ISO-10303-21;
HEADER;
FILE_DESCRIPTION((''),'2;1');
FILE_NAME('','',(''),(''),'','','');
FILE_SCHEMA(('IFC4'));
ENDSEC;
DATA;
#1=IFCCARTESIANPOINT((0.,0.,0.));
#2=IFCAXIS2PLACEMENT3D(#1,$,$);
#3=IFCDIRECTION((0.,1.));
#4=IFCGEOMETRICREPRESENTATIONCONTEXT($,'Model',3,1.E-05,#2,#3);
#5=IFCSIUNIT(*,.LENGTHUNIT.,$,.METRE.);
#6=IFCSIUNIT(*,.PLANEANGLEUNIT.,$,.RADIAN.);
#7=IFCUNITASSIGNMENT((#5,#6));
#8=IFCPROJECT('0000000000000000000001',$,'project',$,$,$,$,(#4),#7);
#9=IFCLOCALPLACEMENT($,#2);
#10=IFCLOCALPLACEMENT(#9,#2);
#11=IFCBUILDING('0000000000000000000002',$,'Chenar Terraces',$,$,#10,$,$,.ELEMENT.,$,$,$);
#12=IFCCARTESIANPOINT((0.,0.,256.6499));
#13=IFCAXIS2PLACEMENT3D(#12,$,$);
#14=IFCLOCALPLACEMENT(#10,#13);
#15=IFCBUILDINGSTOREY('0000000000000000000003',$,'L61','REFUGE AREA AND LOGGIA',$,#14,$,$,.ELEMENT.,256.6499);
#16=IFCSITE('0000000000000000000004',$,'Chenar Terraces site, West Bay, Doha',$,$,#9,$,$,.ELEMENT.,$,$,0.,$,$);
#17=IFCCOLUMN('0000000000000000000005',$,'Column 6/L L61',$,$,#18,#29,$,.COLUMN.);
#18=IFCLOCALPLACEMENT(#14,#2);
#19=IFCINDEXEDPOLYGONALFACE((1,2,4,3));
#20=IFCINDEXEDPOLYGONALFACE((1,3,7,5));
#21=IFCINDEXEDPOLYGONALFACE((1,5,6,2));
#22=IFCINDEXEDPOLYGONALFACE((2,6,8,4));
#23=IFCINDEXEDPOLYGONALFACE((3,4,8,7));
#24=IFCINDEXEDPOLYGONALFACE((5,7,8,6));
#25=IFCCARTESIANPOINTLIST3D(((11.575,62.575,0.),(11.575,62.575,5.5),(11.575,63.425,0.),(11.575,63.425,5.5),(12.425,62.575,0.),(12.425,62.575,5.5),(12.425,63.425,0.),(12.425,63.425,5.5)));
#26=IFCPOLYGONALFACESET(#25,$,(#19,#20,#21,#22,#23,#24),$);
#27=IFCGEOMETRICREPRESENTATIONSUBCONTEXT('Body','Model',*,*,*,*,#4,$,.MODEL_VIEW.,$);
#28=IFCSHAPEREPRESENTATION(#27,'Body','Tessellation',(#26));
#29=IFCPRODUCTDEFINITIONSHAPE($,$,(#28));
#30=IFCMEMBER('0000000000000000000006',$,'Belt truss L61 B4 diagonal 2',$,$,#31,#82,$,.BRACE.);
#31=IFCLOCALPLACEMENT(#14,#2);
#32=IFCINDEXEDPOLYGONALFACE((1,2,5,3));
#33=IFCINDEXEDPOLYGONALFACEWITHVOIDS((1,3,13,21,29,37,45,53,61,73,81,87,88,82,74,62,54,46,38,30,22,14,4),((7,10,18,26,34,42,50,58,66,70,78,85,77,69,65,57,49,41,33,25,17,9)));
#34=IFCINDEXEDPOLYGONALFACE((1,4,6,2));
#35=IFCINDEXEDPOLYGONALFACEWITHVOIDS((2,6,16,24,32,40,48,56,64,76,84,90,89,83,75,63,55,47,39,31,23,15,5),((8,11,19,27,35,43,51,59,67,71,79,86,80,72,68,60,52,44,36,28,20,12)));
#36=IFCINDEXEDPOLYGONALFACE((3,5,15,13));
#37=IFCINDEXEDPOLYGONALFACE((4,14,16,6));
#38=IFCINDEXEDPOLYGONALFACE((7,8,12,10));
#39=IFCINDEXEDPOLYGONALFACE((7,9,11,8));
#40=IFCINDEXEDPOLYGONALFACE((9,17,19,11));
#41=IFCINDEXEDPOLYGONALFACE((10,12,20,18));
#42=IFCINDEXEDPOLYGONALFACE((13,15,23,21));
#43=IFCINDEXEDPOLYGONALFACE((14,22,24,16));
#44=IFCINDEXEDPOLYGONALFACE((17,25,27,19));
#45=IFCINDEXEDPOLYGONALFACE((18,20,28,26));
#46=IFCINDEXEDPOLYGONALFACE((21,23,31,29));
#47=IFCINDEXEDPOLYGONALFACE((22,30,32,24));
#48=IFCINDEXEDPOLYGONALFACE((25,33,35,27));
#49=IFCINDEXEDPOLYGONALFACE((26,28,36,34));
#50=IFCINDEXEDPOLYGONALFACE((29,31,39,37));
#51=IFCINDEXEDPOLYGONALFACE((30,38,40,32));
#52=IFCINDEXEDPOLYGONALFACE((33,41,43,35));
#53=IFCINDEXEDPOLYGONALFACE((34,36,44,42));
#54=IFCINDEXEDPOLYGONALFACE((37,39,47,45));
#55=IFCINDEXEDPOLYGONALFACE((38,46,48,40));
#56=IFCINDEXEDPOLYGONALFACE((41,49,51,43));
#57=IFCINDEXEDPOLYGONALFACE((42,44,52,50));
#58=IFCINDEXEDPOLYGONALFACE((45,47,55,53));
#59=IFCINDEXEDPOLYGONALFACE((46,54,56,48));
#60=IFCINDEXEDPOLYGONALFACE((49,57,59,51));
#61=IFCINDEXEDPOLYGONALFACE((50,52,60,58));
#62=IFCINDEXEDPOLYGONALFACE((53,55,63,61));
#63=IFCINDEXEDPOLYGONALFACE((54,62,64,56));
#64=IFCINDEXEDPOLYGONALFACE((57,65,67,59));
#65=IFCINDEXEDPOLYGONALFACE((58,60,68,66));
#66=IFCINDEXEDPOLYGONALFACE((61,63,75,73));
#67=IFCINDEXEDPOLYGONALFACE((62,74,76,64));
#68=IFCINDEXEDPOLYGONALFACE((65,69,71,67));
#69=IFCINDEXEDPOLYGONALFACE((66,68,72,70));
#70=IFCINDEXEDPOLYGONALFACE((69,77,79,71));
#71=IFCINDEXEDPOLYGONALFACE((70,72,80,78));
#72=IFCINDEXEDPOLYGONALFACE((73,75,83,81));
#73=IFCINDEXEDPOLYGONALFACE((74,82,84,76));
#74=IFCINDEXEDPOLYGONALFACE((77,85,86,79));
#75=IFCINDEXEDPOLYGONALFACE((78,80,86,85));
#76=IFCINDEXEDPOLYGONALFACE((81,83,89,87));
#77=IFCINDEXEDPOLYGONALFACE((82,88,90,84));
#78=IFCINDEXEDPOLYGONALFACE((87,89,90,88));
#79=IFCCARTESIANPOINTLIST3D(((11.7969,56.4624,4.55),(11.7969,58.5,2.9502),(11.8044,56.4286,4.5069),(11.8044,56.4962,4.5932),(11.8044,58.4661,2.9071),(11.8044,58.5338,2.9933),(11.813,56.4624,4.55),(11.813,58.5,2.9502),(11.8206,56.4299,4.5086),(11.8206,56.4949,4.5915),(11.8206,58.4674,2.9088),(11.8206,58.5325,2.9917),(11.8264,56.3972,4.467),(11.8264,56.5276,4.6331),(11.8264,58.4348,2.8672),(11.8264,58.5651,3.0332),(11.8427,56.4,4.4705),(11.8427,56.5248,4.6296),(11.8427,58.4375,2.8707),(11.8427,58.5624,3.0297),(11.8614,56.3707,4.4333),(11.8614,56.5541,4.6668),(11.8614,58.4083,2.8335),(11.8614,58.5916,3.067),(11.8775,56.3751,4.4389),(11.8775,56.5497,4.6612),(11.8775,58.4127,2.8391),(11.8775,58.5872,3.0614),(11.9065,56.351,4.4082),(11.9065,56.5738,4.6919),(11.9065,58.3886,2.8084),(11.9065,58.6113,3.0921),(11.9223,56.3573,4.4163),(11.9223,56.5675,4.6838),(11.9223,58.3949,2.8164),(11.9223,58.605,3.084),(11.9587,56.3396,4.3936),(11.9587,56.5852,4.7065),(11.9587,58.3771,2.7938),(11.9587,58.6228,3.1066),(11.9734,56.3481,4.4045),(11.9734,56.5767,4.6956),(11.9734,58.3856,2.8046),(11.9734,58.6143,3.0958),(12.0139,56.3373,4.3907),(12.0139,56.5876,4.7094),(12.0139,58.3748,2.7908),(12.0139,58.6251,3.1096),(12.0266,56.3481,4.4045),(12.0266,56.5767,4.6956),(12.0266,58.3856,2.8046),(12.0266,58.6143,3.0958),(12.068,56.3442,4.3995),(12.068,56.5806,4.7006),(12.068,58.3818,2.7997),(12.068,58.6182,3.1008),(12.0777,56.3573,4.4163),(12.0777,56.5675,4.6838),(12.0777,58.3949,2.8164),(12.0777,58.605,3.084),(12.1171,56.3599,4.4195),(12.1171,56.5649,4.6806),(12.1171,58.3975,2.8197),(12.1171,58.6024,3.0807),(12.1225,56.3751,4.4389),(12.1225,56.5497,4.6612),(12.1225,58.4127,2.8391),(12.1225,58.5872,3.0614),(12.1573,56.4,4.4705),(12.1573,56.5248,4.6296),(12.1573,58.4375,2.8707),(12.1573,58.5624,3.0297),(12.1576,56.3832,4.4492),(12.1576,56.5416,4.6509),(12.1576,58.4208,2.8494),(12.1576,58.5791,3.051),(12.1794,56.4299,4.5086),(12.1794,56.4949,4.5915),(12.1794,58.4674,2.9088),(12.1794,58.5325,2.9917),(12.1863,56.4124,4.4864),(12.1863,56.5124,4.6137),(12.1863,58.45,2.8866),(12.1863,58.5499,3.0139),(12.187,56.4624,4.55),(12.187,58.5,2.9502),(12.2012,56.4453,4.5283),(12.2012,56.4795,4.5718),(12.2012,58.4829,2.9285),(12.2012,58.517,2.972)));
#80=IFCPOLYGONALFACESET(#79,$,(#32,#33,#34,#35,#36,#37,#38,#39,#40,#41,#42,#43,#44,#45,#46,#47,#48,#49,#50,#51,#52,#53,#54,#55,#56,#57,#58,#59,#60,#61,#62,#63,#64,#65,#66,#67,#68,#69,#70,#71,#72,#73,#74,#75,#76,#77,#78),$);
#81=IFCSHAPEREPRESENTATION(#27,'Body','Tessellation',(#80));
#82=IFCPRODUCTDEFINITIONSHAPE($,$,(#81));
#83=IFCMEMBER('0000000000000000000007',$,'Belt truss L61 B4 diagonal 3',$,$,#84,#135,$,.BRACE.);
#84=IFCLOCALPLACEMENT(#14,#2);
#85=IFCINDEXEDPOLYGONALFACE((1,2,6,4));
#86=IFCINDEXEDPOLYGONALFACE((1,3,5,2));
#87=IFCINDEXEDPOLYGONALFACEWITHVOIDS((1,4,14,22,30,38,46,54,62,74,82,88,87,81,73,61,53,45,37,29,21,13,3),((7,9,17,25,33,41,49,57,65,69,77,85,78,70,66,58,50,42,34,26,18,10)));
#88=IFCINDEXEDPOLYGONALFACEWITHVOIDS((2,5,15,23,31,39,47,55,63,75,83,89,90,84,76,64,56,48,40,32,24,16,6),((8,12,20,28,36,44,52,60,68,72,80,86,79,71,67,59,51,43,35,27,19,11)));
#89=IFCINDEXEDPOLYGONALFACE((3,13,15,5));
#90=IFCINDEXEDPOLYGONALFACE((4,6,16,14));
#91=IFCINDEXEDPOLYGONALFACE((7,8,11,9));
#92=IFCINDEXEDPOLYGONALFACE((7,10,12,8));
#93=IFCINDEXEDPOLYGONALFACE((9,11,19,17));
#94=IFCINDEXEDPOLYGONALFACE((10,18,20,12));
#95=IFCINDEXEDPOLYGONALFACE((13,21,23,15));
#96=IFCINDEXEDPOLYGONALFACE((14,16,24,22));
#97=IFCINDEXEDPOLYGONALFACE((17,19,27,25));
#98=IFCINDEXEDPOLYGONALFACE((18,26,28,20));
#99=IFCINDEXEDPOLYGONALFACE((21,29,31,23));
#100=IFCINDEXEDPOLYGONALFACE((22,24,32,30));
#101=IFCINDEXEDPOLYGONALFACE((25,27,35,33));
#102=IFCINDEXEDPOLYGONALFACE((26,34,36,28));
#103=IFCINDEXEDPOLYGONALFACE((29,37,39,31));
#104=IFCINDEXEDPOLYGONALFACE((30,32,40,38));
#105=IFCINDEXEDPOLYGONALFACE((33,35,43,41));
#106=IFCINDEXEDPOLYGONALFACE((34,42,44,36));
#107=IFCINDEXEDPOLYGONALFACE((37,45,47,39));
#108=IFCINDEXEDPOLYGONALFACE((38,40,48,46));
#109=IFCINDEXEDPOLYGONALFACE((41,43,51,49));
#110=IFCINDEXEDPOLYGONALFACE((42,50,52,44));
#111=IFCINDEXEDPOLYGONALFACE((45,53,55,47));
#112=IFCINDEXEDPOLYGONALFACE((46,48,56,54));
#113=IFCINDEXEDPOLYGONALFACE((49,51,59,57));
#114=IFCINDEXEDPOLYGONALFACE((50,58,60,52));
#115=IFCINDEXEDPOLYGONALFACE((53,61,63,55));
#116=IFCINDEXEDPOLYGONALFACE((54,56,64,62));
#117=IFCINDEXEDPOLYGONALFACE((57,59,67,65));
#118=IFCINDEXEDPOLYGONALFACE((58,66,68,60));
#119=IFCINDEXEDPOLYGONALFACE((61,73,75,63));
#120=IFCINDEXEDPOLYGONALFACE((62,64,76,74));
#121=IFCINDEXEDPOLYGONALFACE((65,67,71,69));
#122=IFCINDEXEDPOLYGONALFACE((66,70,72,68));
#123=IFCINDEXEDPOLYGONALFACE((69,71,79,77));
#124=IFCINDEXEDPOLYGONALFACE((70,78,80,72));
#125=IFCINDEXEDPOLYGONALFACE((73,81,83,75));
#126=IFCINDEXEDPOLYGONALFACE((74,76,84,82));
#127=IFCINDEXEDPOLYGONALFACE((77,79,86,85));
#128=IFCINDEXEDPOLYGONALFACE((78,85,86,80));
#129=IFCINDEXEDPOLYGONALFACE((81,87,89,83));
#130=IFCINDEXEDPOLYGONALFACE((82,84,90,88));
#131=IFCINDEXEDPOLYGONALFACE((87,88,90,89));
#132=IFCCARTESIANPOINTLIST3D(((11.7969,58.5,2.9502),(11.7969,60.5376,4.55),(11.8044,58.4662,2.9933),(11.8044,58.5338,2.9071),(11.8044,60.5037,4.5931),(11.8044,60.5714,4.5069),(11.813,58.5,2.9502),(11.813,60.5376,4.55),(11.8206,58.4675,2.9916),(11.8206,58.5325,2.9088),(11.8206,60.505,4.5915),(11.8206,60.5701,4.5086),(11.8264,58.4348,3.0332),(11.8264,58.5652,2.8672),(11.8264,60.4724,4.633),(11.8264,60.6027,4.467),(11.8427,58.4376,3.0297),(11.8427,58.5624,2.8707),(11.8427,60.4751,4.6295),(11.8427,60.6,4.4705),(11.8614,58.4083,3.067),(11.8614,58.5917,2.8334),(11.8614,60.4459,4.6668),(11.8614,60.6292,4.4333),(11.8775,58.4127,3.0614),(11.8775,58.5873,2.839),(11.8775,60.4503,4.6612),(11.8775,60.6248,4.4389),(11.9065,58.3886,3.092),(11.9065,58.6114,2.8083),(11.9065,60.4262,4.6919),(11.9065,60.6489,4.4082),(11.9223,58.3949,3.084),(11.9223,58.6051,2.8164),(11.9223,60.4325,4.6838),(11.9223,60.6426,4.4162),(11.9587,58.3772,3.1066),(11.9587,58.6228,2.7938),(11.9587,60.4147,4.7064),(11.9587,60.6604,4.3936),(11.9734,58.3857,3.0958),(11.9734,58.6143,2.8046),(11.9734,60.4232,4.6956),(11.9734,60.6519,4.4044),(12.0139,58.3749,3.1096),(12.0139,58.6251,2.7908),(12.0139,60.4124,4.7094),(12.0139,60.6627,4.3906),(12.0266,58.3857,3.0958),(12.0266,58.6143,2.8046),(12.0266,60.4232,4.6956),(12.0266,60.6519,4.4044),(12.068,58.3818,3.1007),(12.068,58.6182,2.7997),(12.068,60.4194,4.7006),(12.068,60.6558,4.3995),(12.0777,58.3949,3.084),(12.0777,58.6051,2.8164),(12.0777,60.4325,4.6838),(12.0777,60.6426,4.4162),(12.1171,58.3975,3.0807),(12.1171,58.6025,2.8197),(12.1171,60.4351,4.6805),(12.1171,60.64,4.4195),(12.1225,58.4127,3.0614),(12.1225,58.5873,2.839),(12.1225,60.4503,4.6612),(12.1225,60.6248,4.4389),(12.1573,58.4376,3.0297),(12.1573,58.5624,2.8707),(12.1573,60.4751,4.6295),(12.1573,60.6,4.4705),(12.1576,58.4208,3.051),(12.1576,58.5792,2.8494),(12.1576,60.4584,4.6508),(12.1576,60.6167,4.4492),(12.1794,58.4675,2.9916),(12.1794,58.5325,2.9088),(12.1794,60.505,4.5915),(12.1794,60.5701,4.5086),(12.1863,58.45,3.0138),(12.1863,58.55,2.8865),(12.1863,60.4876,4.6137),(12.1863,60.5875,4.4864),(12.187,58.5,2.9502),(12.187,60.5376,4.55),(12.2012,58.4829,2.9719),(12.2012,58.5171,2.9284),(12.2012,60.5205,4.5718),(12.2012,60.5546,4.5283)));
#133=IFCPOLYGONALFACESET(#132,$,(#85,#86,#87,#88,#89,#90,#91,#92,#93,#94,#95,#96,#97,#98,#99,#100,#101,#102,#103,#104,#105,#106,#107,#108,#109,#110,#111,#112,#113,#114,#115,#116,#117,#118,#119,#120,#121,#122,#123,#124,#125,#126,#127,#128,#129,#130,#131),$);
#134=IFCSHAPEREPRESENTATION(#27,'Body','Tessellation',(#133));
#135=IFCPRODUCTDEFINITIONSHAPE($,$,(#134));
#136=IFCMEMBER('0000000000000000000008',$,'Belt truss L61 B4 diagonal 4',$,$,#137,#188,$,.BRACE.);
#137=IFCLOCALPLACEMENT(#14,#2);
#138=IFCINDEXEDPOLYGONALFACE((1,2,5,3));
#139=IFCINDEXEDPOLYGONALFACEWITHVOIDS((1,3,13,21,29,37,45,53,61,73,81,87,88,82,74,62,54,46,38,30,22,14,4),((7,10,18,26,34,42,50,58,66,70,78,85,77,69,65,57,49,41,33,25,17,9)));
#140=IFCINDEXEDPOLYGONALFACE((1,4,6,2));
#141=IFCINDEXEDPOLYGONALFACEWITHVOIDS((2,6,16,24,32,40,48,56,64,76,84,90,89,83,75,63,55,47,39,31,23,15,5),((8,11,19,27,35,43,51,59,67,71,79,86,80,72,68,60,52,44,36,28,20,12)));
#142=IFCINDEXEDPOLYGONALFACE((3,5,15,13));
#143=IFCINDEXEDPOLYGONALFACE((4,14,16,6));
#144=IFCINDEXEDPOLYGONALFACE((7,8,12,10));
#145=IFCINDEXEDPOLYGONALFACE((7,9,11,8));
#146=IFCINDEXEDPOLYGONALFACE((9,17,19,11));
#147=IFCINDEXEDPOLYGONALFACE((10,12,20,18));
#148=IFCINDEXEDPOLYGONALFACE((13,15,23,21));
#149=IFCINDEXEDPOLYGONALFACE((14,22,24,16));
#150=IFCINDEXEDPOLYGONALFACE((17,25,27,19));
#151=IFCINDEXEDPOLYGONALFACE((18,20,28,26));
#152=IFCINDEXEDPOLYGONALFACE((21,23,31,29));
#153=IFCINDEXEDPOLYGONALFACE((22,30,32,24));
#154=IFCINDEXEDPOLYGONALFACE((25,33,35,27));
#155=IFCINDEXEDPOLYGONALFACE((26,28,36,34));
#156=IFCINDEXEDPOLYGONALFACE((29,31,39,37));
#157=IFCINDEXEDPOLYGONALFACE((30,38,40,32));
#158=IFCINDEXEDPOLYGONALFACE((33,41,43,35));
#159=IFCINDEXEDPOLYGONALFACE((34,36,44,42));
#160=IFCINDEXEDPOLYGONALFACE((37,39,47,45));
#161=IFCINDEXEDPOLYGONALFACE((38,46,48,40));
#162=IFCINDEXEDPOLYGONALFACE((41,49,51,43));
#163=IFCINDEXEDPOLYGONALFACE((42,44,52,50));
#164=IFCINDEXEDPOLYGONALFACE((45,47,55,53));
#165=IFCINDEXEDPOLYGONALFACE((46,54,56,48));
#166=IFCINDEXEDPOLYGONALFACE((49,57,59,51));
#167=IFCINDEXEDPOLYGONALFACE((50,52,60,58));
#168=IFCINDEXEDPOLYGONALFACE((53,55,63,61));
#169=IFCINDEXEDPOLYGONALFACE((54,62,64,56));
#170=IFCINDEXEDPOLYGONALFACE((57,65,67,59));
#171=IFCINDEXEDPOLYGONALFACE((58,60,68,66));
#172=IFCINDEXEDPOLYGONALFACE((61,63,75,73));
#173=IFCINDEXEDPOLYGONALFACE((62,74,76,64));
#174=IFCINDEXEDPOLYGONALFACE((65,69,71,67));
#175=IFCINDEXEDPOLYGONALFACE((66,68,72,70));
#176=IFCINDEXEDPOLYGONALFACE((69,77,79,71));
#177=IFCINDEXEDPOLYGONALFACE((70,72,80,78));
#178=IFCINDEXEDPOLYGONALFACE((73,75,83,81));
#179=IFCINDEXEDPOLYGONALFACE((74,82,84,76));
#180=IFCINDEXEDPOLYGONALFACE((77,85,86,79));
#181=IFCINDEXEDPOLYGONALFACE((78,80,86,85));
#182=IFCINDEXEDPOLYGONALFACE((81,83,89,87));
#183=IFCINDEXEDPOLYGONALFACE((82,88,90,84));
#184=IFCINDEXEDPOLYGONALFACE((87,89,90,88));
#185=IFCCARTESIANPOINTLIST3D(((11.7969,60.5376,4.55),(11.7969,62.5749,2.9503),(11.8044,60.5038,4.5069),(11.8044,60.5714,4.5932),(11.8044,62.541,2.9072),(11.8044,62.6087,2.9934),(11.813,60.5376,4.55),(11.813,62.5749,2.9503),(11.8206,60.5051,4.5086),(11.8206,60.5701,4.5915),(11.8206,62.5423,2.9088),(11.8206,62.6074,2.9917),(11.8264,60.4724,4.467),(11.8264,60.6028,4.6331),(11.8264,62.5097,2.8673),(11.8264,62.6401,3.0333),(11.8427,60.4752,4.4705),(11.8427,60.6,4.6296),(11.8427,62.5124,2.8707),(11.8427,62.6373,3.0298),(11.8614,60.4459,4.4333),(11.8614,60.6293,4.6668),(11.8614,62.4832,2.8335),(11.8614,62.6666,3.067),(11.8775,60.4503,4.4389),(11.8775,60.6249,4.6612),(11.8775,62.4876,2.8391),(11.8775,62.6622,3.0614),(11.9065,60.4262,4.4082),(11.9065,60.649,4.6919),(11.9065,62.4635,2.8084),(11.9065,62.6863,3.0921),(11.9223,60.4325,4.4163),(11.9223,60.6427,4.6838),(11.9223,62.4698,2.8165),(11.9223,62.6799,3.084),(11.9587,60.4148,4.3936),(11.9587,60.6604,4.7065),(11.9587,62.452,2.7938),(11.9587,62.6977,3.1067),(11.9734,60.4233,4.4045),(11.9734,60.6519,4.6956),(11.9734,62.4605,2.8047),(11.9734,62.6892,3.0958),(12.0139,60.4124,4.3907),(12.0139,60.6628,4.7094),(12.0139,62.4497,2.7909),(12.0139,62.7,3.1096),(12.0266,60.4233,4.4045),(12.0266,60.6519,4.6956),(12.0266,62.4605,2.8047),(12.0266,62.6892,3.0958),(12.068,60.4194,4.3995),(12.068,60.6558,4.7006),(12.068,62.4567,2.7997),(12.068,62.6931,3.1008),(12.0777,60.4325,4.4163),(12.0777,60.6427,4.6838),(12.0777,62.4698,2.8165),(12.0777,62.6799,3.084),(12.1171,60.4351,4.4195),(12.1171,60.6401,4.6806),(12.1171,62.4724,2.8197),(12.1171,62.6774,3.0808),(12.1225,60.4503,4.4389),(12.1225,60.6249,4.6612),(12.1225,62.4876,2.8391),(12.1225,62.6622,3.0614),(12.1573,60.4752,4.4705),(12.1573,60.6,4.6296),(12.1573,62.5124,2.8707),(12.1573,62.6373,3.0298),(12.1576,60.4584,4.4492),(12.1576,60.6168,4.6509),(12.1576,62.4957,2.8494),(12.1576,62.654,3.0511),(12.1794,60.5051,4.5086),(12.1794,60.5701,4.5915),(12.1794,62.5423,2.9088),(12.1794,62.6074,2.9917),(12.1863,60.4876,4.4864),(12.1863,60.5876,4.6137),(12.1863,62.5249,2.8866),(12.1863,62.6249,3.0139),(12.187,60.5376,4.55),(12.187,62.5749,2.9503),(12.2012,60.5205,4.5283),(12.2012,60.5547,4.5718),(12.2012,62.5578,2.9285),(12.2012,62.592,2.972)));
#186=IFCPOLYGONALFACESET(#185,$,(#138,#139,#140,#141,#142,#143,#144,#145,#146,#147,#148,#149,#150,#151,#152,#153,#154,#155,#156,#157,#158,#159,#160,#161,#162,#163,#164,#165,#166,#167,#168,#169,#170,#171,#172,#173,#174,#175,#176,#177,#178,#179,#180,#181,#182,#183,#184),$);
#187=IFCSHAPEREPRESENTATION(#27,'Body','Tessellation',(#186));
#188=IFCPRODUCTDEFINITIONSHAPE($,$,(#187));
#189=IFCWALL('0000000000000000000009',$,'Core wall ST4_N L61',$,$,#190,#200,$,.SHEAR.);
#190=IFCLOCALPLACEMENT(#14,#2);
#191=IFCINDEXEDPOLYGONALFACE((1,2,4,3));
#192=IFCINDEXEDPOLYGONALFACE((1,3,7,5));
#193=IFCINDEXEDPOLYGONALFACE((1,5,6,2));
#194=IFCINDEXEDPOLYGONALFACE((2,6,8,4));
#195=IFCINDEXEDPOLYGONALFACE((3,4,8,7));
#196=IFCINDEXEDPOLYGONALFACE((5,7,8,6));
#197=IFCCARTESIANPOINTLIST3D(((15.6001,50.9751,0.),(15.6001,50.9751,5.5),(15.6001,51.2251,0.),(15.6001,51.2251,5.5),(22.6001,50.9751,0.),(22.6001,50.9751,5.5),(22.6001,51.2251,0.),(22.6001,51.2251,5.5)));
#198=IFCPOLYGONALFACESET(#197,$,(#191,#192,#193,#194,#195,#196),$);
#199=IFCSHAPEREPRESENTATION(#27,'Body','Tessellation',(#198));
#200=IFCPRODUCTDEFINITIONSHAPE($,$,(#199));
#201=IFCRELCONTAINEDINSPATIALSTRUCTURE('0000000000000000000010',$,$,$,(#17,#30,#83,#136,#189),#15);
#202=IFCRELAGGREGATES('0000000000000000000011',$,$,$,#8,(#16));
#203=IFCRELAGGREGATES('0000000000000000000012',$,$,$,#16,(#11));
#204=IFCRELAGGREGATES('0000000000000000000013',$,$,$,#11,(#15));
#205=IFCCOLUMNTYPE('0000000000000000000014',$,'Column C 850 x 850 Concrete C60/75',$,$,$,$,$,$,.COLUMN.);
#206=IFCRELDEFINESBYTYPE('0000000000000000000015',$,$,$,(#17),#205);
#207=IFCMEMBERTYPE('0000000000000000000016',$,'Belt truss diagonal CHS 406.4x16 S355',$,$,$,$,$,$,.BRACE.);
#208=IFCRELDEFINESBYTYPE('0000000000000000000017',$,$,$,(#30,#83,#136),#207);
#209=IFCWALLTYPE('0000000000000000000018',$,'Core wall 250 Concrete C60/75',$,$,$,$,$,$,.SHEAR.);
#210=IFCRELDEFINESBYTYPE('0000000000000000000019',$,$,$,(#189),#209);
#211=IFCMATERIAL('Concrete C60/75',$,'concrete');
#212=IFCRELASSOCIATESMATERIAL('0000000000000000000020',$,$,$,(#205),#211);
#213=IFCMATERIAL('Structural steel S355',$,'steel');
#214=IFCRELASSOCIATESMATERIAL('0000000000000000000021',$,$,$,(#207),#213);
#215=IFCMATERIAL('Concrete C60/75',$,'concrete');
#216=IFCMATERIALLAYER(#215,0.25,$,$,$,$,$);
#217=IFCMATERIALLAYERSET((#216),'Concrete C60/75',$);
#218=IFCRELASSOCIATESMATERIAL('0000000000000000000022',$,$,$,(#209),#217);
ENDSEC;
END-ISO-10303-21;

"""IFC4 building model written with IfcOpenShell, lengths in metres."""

from ifc_helpers import new_model, si_unit, direction, frame, frame_2d, origin, origin_2d, place, context, subcontext, project, spatial, rectangle, hollow_circle, extrude, material, layer, layer_set, material_profile, profile_set, type_object, element, save


model = new_model("IFC4")

# Units and contexts
model_context = context("Model", 3, precision=1e-05, world=origin(), true_north=direction((0.0, 1.0)))
body_context = subcontext(model_context, "Body", "Model", "MODEL_VIEW")
ifc_project = project(units=[si_unit("LENGTHUNIT", "METRE"), si_unit("PLANEANGLEUNIT", "RADIAN")], contexts=[model_context])

# Site, building, storey
site_placement = place(None, origin())
site = spatial("IfcSite", under=ifc_project, at=site_placement, Name="Chenar Terraces site, West Bay, Doha", CompositionType="ELEMENT", RefElevation=0.0)
building_placement = place(site_placement, origin())
building = spatial("IfcBuilding", under=site, at=building_placement, Name="Chenar Terraces", CompositionType="ELEMENT")
storey_placement = place(building_placement, frame((0.0, 0.0, 256.6499)))
storey = spatial("IfcBuildingStorey", under=building, at=storey_placement, Name="L61", Description="REFUGE AREA AND LOGGIA", CompositionType="ELEMENT", Elevation=256.6499)

# Column
ifc_material_1 = material(Name="Concrete C60/75", Category="concrete")
ifc_material_profile_1 = material_profile(ifc_material_1, rectangle(XDim=0.8501, YDim=0.8501, at=origin_2d()), Name="C 850 x 850")
ifc_profile_set_1 = profile_set([ifc_material_profile_1], Name="Concrete C60/75")
column_type = type_object("IfcColumnType", Name="Column C 850 x 850 Concrete C60/75", PredefinedType="COLUMN", material=ifc_profile_set_1)
column_placement = place(storey_placement, frame((12.0, 63.0, 0.0), z_axis=(0.0, 0.0, 1.0), x_axis=(1.0, 0.0, 0.0)))
element("IfcColumn", 1, at=column_placement, inside=storey, type_object=column_type, Name="Column 6/L L61", PredefinedType="COLUMN", context=body_context, shape_type="SweptSolid", body=[
    extrude(rectangle(XDim=0.8501, YDim=0.8501, at=origin_2d()), origin(), (0.0, 0.0, 1.0), 5.5),
])

# Members
ifc_material_2 = material(Name="Structural steel S355", Category="steel")
ifc_material_profile_2 = material_profile(ifc_material_2, hollow_circle(Radius=0.2031, WallThickness=0.0161, at=origin_2d()), Name="CHS 406.4x16")
ifc_profile_set_2 = profile_set([ifc_material_profile_2], Name="Structural steel S355")
member_type = type_object("IfcMemberType", Name="Belt truss diagonal CHS 406.4x16 S355", PredefinedType="BRACE", material=ifc_profile_set_2)
for number, where, z_axis, x_axis, name in (
    (2, (12.0, 56.4624, 4.55), (0.0, 0.786528, -0.617555), (-1.0, 0.0, 0.0), "Belt truss L61 B4 diagonal 2"),
    (3, (12.0, 58.5, 2.9502), (0.0, 0.786528, 0.617555), (-1.0, 0.0, 0.0), "Belt truss L61 B4 diagonal 3"),
):
    element("IfcMember", number, at=place(storey_placement, frame(where, z_axis=z_axis, x_axis=x_axis)), inside=storey, type_object=member_type, Name=name, PredefinedType="BRACE", context=body_context, shape_type="SweptSolid", body=[
        extrude(hollow_circle(Radius=0.2031, WallThickness=0.0161, at=origin_2d()), origin(), (0.0, 0.0, 1.0), 2.5906),
    ])
member_placement = place(storey_placement, frame((12.0, 60.5376, 4.55), z_axis=(0.0, 0.786492, -0.617601), x_axis=(-1.0, 0.0, 0.0)))
element("IfcMember", 4, at=member_placement, inside=storey, type_object=member_type, Name="Belt truss L61 B4 diagonal 4", PredefinedType="BRACE", context=body_context, shape_type="SweptSolid", body=[
    extrude(hollow_circle(Radius=0.2031, WallThickness=0.0161, at=origin_2d()), origin(), (0.0, 0.0, 1.0), 2.5903),
])

# Wall
ifc_material_3 = material(Name="Concrete C60/75", Category="concrete")
ifc_layer_1 = layer(ifc_material_3, 0.25)
ifc_layer_set_1 = layer_set([ifc_layer_1], Name="Concrete C60/75")
wall_type_1 = type_object("IfcWallType", Name="Core wall 250 Concrete C60/75", PredefinedType="SHEAR", material=ifc_layer_set_1)
wall_1_placement = place(storey_placement, frame((15.6001, 51.1001, 0.0), z_axis=(0.0, 0.0, 1.0), x_axis=(1.0, 0.0, 0.0)))
element("IfcWall", 5, at=wall_1_placement, inside=storey, type_object=wall_type_1, Name="Core wall ST4_N L61", PredefinedType="SHEAR", context=body_context, shape_type="SweptSolid", body=[
    extrude(rectangle(XDim=7.0, YDim=0.25, at=frame_2d((3.5, 0.0))), origin(), (0.0, 0.0, 1.0), 5.5),
])

save(model, "model.ifc")
